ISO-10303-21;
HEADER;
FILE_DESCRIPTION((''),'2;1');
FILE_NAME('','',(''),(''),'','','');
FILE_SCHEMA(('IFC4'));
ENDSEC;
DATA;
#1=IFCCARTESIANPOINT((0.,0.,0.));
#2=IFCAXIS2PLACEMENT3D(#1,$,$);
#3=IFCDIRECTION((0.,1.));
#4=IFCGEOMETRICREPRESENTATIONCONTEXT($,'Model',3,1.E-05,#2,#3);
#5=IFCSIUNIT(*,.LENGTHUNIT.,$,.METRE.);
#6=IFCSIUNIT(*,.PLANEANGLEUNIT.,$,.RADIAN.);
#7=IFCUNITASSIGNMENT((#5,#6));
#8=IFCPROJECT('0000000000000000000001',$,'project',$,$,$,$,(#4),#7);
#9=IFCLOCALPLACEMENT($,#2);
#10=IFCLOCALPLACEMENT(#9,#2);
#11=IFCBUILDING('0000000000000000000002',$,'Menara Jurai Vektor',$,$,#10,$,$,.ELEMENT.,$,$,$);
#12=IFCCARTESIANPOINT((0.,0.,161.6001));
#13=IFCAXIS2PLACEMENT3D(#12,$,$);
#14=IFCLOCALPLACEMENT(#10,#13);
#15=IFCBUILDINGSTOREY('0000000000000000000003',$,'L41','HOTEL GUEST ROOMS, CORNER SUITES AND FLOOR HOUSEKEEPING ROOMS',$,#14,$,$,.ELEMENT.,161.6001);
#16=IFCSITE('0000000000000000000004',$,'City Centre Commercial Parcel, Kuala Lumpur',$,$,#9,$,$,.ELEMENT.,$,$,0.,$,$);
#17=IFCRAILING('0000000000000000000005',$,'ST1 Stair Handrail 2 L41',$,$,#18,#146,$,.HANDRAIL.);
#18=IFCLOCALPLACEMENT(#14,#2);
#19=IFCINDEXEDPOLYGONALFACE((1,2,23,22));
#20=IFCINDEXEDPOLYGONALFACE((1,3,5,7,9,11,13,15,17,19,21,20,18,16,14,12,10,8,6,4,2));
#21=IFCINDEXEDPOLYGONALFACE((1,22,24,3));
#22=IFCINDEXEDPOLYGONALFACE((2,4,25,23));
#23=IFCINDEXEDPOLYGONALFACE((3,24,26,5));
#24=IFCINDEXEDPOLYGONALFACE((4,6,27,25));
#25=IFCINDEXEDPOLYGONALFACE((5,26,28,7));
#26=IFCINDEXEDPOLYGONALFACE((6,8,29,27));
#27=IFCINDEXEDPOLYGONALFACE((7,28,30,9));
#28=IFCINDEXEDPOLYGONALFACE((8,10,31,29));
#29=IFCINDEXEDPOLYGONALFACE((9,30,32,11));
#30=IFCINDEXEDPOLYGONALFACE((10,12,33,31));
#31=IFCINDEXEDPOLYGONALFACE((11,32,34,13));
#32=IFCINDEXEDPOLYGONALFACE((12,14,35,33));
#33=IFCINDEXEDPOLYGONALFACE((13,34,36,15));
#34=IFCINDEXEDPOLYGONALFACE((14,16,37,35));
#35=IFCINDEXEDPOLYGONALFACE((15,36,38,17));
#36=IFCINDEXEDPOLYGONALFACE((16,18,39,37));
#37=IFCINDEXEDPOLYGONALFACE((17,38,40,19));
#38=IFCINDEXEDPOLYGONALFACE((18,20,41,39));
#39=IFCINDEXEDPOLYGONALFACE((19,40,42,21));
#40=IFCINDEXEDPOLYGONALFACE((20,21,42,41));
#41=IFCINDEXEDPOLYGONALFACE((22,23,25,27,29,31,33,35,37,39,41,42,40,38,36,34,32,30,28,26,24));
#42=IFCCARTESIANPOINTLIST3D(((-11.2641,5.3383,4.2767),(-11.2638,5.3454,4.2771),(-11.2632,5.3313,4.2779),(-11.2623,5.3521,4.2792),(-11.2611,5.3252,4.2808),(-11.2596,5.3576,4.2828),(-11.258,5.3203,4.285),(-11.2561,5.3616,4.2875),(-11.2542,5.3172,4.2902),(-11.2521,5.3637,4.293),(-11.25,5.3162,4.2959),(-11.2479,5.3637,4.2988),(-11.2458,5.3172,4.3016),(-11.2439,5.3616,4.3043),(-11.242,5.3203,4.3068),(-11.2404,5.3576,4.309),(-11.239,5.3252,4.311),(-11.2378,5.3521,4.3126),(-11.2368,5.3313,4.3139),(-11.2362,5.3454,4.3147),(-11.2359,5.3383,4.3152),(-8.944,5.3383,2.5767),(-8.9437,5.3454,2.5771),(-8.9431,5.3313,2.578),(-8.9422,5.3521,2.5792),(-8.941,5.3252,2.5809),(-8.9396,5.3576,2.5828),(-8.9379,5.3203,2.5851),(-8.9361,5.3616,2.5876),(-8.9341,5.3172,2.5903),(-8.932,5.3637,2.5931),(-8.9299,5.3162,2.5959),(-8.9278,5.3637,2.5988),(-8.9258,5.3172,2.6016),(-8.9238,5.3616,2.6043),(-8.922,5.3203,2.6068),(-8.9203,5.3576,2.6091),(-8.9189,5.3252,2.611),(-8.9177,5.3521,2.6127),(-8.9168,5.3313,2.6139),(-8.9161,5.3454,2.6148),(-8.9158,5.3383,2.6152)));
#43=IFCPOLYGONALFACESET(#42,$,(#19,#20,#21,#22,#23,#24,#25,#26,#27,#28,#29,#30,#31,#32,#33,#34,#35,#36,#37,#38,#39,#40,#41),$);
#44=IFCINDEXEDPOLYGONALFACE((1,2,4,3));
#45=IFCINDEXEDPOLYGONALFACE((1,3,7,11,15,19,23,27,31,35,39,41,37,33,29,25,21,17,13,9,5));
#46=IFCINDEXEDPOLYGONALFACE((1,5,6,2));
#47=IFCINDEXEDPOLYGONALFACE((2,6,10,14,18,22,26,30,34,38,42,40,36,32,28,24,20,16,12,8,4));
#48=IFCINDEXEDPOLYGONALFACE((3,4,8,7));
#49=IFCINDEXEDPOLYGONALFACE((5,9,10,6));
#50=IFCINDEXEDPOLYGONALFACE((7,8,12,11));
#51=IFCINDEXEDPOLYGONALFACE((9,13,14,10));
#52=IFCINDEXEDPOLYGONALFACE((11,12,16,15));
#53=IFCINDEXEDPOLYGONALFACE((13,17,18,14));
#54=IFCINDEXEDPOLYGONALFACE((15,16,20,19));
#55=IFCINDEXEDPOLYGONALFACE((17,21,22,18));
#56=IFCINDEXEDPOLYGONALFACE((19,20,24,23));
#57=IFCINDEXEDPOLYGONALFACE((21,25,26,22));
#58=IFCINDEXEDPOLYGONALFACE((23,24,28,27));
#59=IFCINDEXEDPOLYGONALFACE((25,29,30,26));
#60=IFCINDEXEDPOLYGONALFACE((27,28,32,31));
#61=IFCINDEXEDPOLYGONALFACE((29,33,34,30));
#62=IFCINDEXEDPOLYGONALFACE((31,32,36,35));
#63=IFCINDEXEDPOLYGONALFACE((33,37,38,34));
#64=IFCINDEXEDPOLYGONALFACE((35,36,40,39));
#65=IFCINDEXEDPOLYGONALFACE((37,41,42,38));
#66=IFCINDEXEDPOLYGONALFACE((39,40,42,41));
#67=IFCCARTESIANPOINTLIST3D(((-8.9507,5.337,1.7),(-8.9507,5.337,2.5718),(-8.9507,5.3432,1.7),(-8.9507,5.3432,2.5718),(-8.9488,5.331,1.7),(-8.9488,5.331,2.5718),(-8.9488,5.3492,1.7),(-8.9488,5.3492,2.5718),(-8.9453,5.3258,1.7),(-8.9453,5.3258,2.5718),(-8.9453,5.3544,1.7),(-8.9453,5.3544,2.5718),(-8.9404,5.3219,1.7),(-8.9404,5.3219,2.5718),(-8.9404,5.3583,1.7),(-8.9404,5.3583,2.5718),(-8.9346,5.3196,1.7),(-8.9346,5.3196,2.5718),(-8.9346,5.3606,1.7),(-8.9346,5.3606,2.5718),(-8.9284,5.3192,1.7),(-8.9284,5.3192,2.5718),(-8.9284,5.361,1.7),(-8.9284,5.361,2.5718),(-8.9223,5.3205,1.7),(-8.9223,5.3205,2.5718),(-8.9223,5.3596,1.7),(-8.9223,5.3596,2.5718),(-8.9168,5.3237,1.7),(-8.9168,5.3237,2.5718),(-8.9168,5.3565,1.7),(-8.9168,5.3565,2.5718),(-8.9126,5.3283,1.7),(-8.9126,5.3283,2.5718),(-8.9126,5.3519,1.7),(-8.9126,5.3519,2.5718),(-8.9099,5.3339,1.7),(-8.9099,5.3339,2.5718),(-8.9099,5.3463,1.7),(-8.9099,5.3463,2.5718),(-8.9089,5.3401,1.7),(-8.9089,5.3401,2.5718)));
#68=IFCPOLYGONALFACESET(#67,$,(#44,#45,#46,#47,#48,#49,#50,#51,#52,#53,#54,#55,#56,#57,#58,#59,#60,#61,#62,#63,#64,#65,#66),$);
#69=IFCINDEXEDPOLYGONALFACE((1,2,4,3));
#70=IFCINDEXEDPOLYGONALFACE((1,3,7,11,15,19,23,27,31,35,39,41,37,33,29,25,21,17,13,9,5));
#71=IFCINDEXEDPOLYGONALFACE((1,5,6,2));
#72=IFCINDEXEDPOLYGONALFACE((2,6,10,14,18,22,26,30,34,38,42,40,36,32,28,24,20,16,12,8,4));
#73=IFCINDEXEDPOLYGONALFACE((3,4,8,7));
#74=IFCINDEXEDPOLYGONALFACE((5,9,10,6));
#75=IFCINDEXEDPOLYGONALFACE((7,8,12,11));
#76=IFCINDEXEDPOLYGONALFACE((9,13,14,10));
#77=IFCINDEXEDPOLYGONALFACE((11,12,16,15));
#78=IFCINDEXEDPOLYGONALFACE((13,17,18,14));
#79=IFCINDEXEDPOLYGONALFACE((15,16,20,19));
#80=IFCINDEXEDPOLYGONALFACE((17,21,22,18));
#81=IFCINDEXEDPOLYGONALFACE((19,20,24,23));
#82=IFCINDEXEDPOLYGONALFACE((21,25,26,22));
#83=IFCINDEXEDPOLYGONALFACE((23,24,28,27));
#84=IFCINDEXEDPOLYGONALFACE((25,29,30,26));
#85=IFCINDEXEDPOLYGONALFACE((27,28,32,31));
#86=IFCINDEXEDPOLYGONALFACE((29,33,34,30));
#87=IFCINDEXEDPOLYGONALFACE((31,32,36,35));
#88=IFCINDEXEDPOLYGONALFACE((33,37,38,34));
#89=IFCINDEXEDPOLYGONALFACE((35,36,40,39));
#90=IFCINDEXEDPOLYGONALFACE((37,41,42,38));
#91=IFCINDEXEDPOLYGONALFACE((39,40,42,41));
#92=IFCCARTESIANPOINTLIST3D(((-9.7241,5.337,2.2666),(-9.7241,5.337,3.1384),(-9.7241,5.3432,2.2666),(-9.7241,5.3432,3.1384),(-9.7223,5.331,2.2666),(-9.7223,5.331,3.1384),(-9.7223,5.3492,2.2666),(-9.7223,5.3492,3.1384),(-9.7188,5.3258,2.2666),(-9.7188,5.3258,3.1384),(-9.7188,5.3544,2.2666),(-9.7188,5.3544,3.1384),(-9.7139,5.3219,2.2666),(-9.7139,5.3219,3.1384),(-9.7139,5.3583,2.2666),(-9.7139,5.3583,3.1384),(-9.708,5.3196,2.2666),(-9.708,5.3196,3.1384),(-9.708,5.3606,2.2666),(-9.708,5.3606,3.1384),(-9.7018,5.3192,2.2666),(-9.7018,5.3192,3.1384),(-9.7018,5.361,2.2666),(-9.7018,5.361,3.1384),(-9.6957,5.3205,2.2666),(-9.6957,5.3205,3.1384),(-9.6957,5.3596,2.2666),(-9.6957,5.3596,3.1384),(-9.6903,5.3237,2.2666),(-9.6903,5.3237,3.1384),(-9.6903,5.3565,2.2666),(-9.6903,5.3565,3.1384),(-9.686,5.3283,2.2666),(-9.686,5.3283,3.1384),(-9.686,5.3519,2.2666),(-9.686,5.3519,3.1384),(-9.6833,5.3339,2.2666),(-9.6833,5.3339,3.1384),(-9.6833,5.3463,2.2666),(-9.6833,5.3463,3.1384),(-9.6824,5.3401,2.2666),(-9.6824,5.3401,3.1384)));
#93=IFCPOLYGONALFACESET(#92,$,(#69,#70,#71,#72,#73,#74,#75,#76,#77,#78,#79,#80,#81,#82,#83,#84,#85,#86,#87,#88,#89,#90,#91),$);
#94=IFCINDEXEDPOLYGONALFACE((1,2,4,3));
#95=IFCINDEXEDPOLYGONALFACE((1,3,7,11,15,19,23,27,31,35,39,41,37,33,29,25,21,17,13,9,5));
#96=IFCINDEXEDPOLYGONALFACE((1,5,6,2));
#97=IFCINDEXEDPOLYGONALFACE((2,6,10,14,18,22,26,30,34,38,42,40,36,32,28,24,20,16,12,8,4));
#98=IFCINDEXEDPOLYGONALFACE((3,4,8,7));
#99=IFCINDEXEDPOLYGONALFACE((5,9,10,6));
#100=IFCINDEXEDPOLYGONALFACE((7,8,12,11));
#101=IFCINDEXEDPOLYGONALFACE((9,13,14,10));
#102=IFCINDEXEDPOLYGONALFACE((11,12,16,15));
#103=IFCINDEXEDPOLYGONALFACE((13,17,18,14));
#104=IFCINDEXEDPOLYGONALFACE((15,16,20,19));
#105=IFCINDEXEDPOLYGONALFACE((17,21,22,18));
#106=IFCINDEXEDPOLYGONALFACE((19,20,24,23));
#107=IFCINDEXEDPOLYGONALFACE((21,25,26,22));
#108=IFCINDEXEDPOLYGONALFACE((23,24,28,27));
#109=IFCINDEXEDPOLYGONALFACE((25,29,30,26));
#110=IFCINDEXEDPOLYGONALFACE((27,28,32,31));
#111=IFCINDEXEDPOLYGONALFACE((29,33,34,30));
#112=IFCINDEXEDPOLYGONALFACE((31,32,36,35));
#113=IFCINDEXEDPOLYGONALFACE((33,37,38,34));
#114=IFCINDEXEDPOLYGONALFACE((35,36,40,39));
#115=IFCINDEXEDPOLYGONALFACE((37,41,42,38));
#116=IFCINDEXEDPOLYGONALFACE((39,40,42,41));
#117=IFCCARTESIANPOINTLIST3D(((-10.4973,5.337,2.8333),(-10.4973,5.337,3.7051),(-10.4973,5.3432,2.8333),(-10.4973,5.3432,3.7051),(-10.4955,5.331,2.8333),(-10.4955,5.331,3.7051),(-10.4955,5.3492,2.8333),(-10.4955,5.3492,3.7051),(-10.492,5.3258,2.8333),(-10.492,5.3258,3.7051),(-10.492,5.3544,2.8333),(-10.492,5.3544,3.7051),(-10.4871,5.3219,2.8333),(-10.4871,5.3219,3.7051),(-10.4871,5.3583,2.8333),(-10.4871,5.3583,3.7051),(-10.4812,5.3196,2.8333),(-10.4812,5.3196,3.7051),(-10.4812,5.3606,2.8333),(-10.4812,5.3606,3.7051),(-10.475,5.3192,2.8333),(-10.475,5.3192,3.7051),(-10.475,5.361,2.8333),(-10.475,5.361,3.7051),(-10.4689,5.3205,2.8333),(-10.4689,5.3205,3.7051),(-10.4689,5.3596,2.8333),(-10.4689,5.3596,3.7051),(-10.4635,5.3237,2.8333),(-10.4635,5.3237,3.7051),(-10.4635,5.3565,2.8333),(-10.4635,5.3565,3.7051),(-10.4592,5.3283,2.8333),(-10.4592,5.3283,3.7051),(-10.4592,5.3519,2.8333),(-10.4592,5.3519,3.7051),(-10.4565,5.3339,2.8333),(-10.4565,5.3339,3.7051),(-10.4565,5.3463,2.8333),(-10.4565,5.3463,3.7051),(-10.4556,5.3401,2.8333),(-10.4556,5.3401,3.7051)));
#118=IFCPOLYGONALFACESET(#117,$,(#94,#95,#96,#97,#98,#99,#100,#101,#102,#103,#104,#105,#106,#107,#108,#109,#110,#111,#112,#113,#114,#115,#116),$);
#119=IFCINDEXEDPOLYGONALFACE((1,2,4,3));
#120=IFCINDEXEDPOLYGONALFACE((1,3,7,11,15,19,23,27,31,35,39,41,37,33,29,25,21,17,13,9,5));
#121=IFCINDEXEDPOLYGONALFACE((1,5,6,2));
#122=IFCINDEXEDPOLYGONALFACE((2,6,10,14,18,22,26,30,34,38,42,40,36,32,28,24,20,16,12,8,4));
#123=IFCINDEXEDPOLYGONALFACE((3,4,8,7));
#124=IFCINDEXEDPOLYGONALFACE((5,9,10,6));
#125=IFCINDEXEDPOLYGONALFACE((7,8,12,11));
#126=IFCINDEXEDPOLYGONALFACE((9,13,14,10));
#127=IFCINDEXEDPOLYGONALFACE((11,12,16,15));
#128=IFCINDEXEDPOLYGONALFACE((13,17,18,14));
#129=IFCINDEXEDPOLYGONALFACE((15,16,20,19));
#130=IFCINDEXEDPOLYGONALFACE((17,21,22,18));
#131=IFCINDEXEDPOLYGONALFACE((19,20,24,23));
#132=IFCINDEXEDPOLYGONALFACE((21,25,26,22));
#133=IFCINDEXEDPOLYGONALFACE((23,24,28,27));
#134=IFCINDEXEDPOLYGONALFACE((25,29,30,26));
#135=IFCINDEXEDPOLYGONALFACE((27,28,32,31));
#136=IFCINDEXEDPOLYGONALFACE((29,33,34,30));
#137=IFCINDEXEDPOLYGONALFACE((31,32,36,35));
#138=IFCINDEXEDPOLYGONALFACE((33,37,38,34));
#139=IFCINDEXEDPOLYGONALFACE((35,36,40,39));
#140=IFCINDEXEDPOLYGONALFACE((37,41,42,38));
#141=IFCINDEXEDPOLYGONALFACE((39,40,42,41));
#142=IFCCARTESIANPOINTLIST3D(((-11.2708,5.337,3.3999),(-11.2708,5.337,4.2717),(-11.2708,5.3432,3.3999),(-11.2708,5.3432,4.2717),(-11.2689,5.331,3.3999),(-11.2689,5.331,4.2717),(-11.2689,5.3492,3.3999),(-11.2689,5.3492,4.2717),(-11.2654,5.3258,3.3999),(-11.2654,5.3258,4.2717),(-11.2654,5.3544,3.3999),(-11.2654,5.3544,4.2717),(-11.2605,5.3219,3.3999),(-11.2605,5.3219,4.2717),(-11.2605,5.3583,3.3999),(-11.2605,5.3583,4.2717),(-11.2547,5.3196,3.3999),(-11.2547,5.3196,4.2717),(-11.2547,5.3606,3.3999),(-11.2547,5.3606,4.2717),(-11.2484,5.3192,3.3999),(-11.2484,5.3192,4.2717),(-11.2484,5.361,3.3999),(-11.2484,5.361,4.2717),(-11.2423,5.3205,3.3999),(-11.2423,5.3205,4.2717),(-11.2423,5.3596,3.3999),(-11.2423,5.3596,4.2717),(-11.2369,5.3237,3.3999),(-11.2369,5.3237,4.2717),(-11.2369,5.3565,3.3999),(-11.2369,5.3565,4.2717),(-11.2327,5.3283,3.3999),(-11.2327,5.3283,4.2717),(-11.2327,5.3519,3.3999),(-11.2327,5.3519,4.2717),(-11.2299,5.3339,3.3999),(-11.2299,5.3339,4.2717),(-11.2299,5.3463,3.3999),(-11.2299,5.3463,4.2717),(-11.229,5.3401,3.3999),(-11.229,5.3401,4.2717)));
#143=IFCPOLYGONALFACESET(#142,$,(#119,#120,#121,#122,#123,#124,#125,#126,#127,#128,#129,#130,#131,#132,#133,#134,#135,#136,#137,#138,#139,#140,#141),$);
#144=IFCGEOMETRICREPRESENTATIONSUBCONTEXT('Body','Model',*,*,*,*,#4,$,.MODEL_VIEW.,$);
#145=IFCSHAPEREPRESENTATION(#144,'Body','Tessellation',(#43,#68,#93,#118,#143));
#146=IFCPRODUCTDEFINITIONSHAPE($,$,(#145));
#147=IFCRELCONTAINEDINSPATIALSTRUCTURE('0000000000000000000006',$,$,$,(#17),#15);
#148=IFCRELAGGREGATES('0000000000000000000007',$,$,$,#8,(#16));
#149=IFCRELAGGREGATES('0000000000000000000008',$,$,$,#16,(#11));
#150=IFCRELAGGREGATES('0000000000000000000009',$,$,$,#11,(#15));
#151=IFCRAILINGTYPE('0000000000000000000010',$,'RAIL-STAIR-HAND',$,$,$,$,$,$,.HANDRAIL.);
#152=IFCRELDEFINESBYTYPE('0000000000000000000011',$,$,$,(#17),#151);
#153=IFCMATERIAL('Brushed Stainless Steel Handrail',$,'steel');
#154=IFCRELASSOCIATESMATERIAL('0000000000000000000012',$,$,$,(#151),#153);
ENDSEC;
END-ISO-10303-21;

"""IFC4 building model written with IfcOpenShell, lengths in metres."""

from ifc_helpers import new_model, si_unit, direction, frame, origin, origin_2d, place, context, subcontext, project, spatial, circle, extrude, material, type_object, element, save


model = new_model("IFC4")

# Units and contexts
model_context = context("Model", 3, precision=1e-05, world=origin(), true_north=direction((0.0, 1.0)))
body_context = subcontext(model_context, "Body", "Model", "MODEL_VIEW")
ifc_project = project(units=[si_unit("LENGTHUNIT", "METRE"), si_unit("PLANEANGLEUNIT", "RADIAN")], contexts=[model_context])

# Site, building, storey
site_placement = place(None, origin())
site = spatial("IfcSite", under=ifc_project, at=site_placement, Name="City Centre Commercial Parcel, Kuala Lumpur", CompositionType="ELEMENT", RefElevation=0.0)
building_placement = place(site_placement, origin())
building = spatial("IfcBuilding", under=site, at=building_placement, Name="Menara Jurai Vektor", CompositionType="ELEMENT")
storey_placement = place(building_placement, frame((0.0, 0.0, 161.6001)))
storey = spatial("IfcBuildingStorey", under=building, at=storey_placement, Name="L41", Description="HOTEL GUEST ROOMS, CORNER SUITES AND FLOOR HOUSEKEEPING ROOMS", CompositionType="ELEMENT", Elevation=161.6001)

# Railing
ifc_material_1 = material(Name="Brushed Stainless Steel Handrail", Category="steel")
railing_type_1 = type_object("IfcRailingType", Name="RAIL-STAIR-HAND", PredefinedType="HANDRAIL", material=ifc_material_1)
railing_1_placement = place(storey_placement, frame((-8.9299, 5.3401, 1.7)))
element("IfcRailing", 1, at=railing_1_placement, inside=storey, type_object=railing_type_1, Name="ST1 Stair Handrail 2 L41", PredefinedType="HANDRAIL", context=body_context, shape_type="SweptSolid", body=[
    extrude(circle(Radius=0.0239, at=origin_2d()), frame((0.0, 0.0, 0.896), z_axis=(-0.806642, 0.0, 0.59104), x_axis=(0.0, -1.0, 0.0)), (0.0, 0.0, 1.0), 2.8762),
    extrude(circle(Radius=0.021, at=origin_2d()), origin(), (0.0, 0.0, 1.0), 0.8718),
    extrude(circle(Radius=0.021, at=origin_2d()), frame((-0.7734, 0.0, 0.5667)), (0.0, 0.0, 1.0), 0.8718),
    extrude(circle(Radius=0.021, at=origin_2d()), frame((-1.5466, 0.0, 1.1333)), (0.0, 0.0, 1.0), 0.8718),
    extrude(circle(Radius=0.021, at=origin_2d()), frame((-2.3201, 0.0, 1.7)), (0.0, 0.0, 1.0), 0.8718),
])

save(model, "model.ifc")
